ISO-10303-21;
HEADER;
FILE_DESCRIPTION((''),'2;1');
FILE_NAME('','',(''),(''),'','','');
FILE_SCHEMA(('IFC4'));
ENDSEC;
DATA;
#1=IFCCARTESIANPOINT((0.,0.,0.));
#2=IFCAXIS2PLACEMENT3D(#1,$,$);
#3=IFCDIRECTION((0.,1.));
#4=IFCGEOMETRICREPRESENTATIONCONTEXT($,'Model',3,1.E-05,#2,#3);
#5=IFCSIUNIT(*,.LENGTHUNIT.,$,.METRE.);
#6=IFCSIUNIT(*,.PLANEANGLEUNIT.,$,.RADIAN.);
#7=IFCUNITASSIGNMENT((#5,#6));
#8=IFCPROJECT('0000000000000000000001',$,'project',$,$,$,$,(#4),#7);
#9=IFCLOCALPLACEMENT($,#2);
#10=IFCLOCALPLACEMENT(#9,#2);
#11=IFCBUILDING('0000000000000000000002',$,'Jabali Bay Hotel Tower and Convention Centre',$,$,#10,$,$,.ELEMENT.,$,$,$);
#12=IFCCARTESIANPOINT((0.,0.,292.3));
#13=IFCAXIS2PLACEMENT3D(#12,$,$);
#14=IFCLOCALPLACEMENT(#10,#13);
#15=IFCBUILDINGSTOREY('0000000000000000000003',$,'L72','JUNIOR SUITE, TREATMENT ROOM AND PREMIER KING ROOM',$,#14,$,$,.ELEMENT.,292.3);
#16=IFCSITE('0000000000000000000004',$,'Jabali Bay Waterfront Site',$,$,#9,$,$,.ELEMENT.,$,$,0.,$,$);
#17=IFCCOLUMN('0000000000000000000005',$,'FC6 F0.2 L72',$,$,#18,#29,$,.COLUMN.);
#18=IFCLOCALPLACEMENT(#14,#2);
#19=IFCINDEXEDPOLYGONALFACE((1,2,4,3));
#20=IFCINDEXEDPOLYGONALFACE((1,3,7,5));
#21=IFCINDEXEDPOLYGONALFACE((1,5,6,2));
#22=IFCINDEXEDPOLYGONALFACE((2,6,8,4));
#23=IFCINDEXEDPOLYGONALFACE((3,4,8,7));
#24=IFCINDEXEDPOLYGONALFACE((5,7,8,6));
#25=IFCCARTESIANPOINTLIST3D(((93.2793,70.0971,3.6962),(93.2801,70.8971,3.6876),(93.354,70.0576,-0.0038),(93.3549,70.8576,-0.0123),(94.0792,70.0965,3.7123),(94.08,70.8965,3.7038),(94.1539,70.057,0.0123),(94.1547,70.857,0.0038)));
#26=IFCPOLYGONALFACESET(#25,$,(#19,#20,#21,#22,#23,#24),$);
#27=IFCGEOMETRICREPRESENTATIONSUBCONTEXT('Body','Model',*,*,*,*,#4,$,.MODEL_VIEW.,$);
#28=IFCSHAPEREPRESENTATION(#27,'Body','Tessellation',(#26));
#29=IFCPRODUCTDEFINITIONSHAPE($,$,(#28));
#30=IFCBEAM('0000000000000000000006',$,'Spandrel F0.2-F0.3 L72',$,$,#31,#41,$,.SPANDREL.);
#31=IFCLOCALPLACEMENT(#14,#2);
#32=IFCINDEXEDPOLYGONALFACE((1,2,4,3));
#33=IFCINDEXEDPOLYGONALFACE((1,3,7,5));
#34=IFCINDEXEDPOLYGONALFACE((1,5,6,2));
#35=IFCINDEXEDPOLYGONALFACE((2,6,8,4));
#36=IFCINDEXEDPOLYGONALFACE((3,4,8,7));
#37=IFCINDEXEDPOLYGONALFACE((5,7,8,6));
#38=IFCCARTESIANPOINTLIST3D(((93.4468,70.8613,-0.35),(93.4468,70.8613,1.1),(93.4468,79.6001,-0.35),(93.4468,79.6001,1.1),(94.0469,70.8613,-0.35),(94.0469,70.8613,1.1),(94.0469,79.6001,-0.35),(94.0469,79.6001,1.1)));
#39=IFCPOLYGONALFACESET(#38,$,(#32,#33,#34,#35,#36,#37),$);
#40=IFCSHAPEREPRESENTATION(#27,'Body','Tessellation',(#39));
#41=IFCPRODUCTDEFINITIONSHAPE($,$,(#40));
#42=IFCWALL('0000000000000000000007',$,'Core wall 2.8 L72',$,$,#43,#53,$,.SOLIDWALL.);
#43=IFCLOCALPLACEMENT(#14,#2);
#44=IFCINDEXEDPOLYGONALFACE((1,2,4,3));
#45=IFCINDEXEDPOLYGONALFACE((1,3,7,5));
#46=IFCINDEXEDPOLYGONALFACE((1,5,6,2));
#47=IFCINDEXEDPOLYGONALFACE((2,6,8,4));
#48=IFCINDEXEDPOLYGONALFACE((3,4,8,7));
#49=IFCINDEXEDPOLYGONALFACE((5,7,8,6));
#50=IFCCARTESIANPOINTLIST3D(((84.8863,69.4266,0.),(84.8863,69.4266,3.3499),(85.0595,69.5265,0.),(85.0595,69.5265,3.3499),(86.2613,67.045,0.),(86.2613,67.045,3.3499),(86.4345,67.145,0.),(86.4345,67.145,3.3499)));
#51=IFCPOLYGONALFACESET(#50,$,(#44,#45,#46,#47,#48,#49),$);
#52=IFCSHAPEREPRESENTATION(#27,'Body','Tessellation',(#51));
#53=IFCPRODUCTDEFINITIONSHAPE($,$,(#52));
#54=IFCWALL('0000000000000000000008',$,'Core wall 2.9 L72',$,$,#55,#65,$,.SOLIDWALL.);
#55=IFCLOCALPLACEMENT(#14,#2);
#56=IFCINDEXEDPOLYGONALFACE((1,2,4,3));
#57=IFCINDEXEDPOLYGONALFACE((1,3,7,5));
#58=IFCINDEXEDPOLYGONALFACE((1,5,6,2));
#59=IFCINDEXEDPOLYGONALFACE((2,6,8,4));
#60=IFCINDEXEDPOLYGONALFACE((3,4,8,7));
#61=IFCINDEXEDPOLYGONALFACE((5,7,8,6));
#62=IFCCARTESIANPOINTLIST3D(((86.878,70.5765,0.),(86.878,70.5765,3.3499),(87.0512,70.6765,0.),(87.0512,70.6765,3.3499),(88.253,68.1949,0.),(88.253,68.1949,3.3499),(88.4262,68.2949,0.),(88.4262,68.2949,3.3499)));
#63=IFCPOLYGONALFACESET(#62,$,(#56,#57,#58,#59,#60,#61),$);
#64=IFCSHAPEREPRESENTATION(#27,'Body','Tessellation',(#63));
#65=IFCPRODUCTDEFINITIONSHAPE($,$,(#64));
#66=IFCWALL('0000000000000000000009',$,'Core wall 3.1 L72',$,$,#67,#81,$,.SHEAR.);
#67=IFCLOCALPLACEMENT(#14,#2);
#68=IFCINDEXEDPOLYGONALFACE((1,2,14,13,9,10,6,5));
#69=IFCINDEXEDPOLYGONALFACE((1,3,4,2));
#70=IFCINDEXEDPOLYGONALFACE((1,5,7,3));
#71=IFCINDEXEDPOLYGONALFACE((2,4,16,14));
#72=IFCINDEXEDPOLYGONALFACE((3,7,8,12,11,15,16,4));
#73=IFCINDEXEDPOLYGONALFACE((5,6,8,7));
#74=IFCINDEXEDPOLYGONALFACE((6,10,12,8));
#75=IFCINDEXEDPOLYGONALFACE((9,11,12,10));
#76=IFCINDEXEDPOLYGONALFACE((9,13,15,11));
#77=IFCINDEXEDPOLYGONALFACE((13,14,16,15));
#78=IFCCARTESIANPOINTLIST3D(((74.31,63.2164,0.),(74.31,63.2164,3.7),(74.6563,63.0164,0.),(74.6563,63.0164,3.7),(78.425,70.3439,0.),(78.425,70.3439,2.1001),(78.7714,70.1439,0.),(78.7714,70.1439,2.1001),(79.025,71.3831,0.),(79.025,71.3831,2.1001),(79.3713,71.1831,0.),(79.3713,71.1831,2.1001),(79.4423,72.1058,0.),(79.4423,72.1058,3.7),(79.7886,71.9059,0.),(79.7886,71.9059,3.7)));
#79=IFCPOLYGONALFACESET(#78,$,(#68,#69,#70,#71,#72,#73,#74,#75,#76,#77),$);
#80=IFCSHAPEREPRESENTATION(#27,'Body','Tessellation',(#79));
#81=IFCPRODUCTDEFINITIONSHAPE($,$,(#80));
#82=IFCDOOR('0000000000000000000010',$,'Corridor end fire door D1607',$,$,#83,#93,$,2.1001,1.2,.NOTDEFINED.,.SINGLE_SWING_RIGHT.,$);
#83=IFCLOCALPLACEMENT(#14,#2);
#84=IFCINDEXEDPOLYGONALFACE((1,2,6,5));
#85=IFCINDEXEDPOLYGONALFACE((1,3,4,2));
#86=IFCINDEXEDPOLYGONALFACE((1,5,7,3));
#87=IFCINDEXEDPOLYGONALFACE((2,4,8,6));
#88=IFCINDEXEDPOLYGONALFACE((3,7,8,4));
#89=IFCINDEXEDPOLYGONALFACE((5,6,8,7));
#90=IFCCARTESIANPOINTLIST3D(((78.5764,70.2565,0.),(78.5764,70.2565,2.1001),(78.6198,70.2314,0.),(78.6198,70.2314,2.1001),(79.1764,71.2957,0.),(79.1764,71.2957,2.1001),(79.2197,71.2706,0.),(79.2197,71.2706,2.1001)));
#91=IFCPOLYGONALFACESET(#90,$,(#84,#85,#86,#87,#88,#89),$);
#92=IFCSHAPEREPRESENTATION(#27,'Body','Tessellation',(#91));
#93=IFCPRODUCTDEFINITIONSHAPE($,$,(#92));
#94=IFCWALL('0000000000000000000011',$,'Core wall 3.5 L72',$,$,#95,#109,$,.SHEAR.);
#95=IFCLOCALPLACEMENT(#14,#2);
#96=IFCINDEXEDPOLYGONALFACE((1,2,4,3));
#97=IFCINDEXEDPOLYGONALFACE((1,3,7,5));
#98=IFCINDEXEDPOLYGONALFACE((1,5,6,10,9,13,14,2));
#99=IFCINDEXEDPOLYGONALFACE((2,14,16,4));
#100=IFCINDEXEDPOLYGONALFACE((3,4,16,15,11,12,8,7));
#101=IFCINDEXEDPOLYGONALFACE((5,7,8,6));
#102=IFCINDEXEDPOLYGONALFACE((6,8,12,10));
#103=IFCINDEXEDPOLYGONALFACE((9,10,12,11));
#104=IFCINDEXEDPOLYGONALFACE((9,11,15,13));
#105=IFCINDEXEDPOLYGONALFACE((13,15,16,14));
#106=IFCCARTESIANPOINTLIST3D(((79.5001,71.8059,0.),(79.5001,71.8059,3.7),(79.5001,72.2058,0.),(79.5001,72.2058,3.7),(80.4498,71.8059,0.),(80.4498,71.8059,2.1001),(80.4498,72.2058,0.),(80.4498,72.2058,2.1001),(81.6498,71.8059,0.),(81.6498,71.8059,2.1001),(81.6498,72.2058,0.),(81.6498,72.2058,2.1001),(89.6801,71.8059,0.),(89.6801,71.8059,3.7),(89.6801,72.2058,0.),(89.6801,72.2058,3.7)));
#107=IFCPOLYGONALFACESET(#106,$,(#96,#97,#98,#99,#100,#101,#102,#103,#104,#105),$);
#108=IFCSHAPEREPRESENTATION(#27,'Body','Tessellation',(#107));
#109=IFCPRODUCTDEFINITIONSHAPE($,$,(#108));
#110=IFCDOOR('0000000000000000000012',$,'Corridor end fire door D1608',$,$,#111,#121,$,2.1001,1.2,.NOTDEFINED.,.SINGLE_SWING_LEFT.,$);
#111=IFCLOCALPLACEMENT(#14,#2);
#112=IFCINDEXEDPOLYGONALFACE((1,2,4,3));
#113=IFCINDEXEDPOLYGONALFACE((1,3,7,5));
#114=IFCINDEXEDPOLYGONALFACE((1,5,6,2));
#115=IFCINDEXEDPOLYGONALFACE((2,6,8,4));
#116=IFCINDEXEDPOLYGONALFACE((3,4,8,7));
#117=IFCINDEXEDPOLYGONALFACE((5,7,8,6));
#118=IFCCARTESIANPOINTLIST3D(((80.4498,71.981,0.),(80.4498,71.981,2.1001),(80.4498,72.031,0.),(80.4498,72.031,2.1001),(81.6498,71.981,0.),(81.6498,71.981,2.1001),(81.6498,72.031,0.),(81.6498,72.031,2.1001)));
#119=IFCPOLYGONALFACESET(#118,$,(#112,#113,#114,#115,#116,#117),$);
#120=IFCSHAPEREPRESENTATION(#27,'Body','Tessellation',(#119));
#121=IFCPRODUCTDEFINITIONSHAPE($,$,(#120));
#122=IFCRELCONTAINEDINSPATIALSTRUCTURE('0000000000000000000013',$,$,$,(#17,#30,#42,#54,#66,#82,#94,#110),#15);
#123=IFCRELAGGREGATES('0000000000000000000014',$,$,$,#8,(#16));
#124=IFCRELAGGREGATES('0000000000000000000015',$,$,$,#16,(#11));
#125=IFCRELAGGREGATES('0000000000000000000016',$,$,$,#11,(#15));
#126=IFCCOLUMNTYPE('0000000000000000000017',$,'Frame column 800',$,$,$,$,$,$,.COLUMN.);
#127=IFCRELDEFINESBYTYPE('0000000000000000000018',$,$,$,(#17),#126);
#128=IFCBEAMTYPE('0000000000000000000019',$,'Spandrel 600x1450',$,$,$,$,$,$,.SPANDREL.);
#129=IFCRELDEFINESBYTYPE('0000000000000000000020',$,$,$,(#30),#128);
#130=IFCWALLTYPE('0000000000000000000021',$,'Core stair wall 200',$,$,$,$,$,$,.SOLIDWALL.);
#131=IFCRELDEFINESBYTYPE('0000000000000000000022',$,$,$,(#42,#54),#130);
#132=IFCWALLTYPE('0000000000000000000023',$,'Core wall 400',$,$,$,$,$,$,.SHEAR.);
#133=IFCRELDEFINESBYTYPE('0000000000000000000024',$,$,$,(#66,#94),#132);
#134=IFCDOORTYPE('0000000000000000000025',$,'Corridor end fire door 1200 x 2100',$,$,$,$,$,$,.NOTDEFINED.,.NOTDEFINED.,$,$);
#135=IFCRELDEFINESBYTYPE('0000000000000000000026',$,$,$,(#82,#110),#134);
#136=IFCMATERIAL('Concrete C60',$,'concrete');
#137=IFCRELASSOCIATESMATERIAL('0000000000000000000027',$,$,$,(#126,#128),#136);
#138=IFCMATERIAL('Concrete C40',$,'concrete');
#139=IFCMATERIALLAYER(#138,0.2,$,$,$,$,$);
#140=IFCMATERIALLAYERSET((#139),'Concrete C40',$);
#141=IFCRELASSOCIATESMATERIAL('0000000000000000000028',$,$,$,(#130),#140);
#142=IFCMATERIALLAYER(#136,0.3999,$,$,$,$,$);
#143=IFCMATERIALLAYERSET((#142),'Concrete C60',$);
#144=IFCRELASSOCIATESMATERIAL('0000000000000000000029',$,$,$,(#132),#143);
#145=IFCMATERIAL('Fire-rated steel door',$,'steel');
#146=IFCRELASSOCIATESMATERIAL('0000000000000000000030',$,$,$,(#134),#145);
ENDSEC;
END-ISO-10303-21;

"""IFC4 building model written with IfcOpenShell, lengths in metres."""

from ifc_helpers import new_model, si_unit, direction, frame, frame_2d, origin, origin_2d, place, context, subcontext, project, spatial, rectangle, extrude, material, layer, layer_set, material_profile, profile_set, type_object, element, fill, save


model = new_model("IFC4")

# Units and contexts
model_context = context("Model", 3, precision=1e-05, world=origin(), true_north=direction((0.0, 1.0)))
body_context = subcontext(model_context, "Body", "Model", "MODEL_VIEW")
ifc_project = project(units=[si_unit("LENGTHUNIT", "METRE"), si_unit("PLANEANGLEUNIT", "RADIAN")], contexts=[model_context])

# Site, building, storey
site_placement = place(None, origin())
site = spatial("IfcSite", under=ifc_project, at=site_placement, Name="Jabali Bay Waterfront Site", CompositionType="ELEMENT", RefElevation=0.0)
building_placement = place(site_placement, origin())
building = spatial("IfcBuilding", under=site, at=building_placement, Name="Jabali Bay Hotel Tower and Convention Centre", CompositionType="ELEMENT")
storey_placement = place(building_placement, frame((0.0, 0.0, 292.3)))
storey = spatial("IfcBuildingStorey", under=building, at=storey_placement, Name="L72", Description="JUNIOR SUITE, TREATMENT ROOM AND PREMIER KING ROOM", CompositionType="ELEMENT", Elevation=292.3)

# Column
ifc_material_1 = material(Name="Concrete C60", Category="concrete")
ifc_material_profile_1 = material_profile(ifc_material_1, rectangle(XDim=0.8, YDim=0.8, at=origin_2d()), Name="Frame column 800")
ifc_profile_set_1 = profile_set([ifc_material_profile_1], Name="Concrete C60")
column_type = type_object("IfcColumnType", Name="Frame column 800", PredefinedType="COLUMN", material=ifc_profile_set_1)
column_placement = place(storey_placement, frame((93.7544, 70.4573, 0.0), z_axis=(-0.020186, 0.010687, 0.999739), x_axis=(-0.001013, -0.999943, 0.010668)))
element("IfcColumn", 1, at=column_placement, inside=storey, type_object=column_type, Name="FC6 F0.2 L72", PredefinedType="COLUMN", context=body_context, shape_type="SweptSolid", body=[
    extrude(rectangle(XDim=0.8, YDim=0.8, at=origin_2d()), origin(), (0.0, 0.0, 1.0), 3.7009),
])

# Beam
ifc_material_profile_2 = material_profile(ifc_material_1, rectangle(XDim=0.6001, YDim=1.45, at=origin_2d()), Name="Spandrel 600x1450")
ifc_profile_set_2 = profile_set([ifc_material_profile_2], Name="Concrete C60")
beam_type = type_object("IfcBeamType", Name="Spandrel 600x1450", PredefinedType="SPANDREL", material=ifc_profile_set_2)
beam_placement = place(storey_placement, frame((93.7468, 70.8613, 0.375), z_axis=(0.0, 1.0, 0.0), x_axis=(-1.0, 0.0, 0.0)))
element("IfcBeam", 2, at=beam_placement, inside=storey, type_object=beam_type, Name="Spandrel F0.2-F0.3 L72", PredefinedType="SPANDREL", context=body_context, shape_type="SweptSolid", body=[
    extrude(rectangle(XDim=0.6001, YDim=1.45, at=origin_2d()), origin(), (0.0, 0.0, 1.0), 8.7388),
])

# Walls
ifc_material_2 = material(Name="Concrete C40", Category="concrete")
ifc_layer_1 = layer(ifc_material_2, 0.2)
ifc_layer_set_1 = layer_set([ifc_layer_1], Name="Concrete C40")
wall_type_1 = type_object("IfcWallType", Name="Core stair wall 200", PredefinedType="SOLIDWALL", material=ifc_layer_set_1)
for number, where, z_axis, x_axis, name in (
    (3, (84.9729, 69.4766, 0.0), (0.0, 0.0, 1.0), (0.499997, -0.866027, 0.0), "Core wall 2.8 L72"),
    (4, (86.9646, 70.6265, 0.0), (0.0, 0.0, 1.0), (0.499997, -0.866027, 0.0), "Core wall 2.9 L72"),
):
    element("IfcWall", number, at=place(storey_placement, frame(where, z_axis=z_axis, x_axis=x_axis)), inside=storey, type_object=wall_type_1, Name=name, PredefinedType="SOLIDWALL", context=body_context, shape_type="SweptSolid", body=[
        extrude(rectangle(XDim=2.75, YDim=0.2, at=frame_2d((1.375, 0.0))), origin(), (0.0, 0.0, 1.0), 3.3499),
    ])

# Walls, openings, doors
ifc_layer_2 = layer(ifc_material_1, 0.3999)
ifc_layer_set_2 = layer_set([ifc_layer_2], Name="Concrete C60")
wall_type_2 = type_object("IfcWallType", Name="Core wall 400", PredefinedType="SHEAR", material=ifc_layer_set_2)
wall_1_placement = place(storey_placement, frame((79.6155, 72.0059, 0.0), z_axis=(0.0, 0.0, 1.0), x_axis=(-0.500002, -0.866024, 0.0)))
wall_1 = element("IfcWall", 5, at=wall_1_placement, inside=storey, type_object=wall_type_2, Name="Core wall 3.1 L72", PredefinedType="SHEAR", context=body_context, shape_type="SweptSolid", body=[
    extrude(rectangle(XDim=10.2646, YDim=0.3999, at=frame_2d((5.1323, 0.0))), origin(), (0.0, 0.0, 1.0), 3.7),
])
opening_1_placement = place(wall_1_placement, frame((0.8345, 0.0, 0.0)))
opening_1 = element("IfcOpeningElement", 6, at=opening_1_placement, cuts=wall_1, PredefinedType="OPENING", context=body_context, shape_type="SweptSolid", body=[
    extrude(rectangle(XDim=1.2, YDim=2.1001, at=frame_2d((0.6001, 1.05))), frame((0.0, 0.2104, 0.0), z_axis=(0.0, -1.0, 0.0), x_axis=(1.0, 0.0, 0.0)), (0.0, 0.0, 1.0), 0.4209),
])
ifc_material_3 = material(Name="Fire-rated steel door", Category="steel")
door_type_1 = type_object("IfcDoorType", Name="Corridor end fire door 1200 x 2100", OperationType="NOTDEFINED", PredefinedType="NOTDEFINED", material=ifc_material_3)
door_1_placement = place(opening_1_placement, origin())
door_1 = element("IfcDoor", 7, at=door_1_placement, inside=storey, type_object=door_type_1, Name="Corridor end fire door D1607", OperationType="SINGLE_SWING_RIGHT", OverallHeight=2.1001, OverallWidth=1.2, PredefinedType="NOTDEFINED", context=body_context, shape_type="SweptSolid", body=[
    extrude(rectangle(XDim=1.2, YDim=2.1001, at=frame_2d((0.6001, 1.05))), frame((0.0, 0.0249, 0.0), z_axis=(0.0, -1.0, 0.0), x_axis=(1.0, 0.0, 0.0)), (0.0, 0.0, 1.0), 0.05),
])
fill(opening_1, door_1)
wall_2_placement = place(storey_placement, frame((89.6799, 72.0059, 0.0), z_axis=(0.0, 0.0, 1.0), x_axis=(-1.0, 0.0, 0.0)))
wall_2 = element("IfcWall", 8, at=wall_2_placement, inside=storey, type_object=wall_type_2, Name="Core wall 3.5 L72", PredefinedType="SHEAR", context=body_context, shape_type="SweptSolid", body=[
    extrude(rectangle(XDim=10.1799, YDim=0.3999, at=frame_2d((5.0898, 0.0))), origin(), (0.0, 0.0, 1.0), 3.7),
])
opening_2_placement = place(wall_2_placement, frame((8.03, 0.0, 0.0)))
opening_2 = element("IfcOpeningElement", 9, at=opening_2_placement, cuts=wall_2, PredefinedType="OPENING", context=body_context, shape_type="SweptSolid", body=[
    extrude(rectangle(XDim=1.2, YDim=2.1001, at=frame_2d((0.6001, 1.05))), frame((0.0, 0.2104, 0.0), z_axis=(0.0, -1.0, 0.0), x_axis=(1.0, 0.0, 0.0)), (0.0, 0.0, 1.0), 0.4209),
])
door_2_placement = place(opening_2_placement, origin())
door_2 = element("IfcDoor", 10, at=door_2_placement, inside=storey, type_object=door_type_1, Name="Corridor end fire door D1608", OperationType="SINGLE_SWING_LEFT", OverallHeight=2.1001, OverallWidth=1.2, PredefinedType="NOTDEFINED", context=body_context, shape_type="SweptSolid", body=[
    extrude(rectangle(XDim=1.2, YDim=2.1001, at=frame_2d((0.6001, 1.05))), frame((0.0, 0.0249, 0.0), z_axis=(0.0, -1.0, 0.0), x_axis=(1.0, 0.0, 0.0)), (0.0, 0.0, 1.0), 0.05),
])
fill(opening_2, door_2)

save(model, "model.ifc")
